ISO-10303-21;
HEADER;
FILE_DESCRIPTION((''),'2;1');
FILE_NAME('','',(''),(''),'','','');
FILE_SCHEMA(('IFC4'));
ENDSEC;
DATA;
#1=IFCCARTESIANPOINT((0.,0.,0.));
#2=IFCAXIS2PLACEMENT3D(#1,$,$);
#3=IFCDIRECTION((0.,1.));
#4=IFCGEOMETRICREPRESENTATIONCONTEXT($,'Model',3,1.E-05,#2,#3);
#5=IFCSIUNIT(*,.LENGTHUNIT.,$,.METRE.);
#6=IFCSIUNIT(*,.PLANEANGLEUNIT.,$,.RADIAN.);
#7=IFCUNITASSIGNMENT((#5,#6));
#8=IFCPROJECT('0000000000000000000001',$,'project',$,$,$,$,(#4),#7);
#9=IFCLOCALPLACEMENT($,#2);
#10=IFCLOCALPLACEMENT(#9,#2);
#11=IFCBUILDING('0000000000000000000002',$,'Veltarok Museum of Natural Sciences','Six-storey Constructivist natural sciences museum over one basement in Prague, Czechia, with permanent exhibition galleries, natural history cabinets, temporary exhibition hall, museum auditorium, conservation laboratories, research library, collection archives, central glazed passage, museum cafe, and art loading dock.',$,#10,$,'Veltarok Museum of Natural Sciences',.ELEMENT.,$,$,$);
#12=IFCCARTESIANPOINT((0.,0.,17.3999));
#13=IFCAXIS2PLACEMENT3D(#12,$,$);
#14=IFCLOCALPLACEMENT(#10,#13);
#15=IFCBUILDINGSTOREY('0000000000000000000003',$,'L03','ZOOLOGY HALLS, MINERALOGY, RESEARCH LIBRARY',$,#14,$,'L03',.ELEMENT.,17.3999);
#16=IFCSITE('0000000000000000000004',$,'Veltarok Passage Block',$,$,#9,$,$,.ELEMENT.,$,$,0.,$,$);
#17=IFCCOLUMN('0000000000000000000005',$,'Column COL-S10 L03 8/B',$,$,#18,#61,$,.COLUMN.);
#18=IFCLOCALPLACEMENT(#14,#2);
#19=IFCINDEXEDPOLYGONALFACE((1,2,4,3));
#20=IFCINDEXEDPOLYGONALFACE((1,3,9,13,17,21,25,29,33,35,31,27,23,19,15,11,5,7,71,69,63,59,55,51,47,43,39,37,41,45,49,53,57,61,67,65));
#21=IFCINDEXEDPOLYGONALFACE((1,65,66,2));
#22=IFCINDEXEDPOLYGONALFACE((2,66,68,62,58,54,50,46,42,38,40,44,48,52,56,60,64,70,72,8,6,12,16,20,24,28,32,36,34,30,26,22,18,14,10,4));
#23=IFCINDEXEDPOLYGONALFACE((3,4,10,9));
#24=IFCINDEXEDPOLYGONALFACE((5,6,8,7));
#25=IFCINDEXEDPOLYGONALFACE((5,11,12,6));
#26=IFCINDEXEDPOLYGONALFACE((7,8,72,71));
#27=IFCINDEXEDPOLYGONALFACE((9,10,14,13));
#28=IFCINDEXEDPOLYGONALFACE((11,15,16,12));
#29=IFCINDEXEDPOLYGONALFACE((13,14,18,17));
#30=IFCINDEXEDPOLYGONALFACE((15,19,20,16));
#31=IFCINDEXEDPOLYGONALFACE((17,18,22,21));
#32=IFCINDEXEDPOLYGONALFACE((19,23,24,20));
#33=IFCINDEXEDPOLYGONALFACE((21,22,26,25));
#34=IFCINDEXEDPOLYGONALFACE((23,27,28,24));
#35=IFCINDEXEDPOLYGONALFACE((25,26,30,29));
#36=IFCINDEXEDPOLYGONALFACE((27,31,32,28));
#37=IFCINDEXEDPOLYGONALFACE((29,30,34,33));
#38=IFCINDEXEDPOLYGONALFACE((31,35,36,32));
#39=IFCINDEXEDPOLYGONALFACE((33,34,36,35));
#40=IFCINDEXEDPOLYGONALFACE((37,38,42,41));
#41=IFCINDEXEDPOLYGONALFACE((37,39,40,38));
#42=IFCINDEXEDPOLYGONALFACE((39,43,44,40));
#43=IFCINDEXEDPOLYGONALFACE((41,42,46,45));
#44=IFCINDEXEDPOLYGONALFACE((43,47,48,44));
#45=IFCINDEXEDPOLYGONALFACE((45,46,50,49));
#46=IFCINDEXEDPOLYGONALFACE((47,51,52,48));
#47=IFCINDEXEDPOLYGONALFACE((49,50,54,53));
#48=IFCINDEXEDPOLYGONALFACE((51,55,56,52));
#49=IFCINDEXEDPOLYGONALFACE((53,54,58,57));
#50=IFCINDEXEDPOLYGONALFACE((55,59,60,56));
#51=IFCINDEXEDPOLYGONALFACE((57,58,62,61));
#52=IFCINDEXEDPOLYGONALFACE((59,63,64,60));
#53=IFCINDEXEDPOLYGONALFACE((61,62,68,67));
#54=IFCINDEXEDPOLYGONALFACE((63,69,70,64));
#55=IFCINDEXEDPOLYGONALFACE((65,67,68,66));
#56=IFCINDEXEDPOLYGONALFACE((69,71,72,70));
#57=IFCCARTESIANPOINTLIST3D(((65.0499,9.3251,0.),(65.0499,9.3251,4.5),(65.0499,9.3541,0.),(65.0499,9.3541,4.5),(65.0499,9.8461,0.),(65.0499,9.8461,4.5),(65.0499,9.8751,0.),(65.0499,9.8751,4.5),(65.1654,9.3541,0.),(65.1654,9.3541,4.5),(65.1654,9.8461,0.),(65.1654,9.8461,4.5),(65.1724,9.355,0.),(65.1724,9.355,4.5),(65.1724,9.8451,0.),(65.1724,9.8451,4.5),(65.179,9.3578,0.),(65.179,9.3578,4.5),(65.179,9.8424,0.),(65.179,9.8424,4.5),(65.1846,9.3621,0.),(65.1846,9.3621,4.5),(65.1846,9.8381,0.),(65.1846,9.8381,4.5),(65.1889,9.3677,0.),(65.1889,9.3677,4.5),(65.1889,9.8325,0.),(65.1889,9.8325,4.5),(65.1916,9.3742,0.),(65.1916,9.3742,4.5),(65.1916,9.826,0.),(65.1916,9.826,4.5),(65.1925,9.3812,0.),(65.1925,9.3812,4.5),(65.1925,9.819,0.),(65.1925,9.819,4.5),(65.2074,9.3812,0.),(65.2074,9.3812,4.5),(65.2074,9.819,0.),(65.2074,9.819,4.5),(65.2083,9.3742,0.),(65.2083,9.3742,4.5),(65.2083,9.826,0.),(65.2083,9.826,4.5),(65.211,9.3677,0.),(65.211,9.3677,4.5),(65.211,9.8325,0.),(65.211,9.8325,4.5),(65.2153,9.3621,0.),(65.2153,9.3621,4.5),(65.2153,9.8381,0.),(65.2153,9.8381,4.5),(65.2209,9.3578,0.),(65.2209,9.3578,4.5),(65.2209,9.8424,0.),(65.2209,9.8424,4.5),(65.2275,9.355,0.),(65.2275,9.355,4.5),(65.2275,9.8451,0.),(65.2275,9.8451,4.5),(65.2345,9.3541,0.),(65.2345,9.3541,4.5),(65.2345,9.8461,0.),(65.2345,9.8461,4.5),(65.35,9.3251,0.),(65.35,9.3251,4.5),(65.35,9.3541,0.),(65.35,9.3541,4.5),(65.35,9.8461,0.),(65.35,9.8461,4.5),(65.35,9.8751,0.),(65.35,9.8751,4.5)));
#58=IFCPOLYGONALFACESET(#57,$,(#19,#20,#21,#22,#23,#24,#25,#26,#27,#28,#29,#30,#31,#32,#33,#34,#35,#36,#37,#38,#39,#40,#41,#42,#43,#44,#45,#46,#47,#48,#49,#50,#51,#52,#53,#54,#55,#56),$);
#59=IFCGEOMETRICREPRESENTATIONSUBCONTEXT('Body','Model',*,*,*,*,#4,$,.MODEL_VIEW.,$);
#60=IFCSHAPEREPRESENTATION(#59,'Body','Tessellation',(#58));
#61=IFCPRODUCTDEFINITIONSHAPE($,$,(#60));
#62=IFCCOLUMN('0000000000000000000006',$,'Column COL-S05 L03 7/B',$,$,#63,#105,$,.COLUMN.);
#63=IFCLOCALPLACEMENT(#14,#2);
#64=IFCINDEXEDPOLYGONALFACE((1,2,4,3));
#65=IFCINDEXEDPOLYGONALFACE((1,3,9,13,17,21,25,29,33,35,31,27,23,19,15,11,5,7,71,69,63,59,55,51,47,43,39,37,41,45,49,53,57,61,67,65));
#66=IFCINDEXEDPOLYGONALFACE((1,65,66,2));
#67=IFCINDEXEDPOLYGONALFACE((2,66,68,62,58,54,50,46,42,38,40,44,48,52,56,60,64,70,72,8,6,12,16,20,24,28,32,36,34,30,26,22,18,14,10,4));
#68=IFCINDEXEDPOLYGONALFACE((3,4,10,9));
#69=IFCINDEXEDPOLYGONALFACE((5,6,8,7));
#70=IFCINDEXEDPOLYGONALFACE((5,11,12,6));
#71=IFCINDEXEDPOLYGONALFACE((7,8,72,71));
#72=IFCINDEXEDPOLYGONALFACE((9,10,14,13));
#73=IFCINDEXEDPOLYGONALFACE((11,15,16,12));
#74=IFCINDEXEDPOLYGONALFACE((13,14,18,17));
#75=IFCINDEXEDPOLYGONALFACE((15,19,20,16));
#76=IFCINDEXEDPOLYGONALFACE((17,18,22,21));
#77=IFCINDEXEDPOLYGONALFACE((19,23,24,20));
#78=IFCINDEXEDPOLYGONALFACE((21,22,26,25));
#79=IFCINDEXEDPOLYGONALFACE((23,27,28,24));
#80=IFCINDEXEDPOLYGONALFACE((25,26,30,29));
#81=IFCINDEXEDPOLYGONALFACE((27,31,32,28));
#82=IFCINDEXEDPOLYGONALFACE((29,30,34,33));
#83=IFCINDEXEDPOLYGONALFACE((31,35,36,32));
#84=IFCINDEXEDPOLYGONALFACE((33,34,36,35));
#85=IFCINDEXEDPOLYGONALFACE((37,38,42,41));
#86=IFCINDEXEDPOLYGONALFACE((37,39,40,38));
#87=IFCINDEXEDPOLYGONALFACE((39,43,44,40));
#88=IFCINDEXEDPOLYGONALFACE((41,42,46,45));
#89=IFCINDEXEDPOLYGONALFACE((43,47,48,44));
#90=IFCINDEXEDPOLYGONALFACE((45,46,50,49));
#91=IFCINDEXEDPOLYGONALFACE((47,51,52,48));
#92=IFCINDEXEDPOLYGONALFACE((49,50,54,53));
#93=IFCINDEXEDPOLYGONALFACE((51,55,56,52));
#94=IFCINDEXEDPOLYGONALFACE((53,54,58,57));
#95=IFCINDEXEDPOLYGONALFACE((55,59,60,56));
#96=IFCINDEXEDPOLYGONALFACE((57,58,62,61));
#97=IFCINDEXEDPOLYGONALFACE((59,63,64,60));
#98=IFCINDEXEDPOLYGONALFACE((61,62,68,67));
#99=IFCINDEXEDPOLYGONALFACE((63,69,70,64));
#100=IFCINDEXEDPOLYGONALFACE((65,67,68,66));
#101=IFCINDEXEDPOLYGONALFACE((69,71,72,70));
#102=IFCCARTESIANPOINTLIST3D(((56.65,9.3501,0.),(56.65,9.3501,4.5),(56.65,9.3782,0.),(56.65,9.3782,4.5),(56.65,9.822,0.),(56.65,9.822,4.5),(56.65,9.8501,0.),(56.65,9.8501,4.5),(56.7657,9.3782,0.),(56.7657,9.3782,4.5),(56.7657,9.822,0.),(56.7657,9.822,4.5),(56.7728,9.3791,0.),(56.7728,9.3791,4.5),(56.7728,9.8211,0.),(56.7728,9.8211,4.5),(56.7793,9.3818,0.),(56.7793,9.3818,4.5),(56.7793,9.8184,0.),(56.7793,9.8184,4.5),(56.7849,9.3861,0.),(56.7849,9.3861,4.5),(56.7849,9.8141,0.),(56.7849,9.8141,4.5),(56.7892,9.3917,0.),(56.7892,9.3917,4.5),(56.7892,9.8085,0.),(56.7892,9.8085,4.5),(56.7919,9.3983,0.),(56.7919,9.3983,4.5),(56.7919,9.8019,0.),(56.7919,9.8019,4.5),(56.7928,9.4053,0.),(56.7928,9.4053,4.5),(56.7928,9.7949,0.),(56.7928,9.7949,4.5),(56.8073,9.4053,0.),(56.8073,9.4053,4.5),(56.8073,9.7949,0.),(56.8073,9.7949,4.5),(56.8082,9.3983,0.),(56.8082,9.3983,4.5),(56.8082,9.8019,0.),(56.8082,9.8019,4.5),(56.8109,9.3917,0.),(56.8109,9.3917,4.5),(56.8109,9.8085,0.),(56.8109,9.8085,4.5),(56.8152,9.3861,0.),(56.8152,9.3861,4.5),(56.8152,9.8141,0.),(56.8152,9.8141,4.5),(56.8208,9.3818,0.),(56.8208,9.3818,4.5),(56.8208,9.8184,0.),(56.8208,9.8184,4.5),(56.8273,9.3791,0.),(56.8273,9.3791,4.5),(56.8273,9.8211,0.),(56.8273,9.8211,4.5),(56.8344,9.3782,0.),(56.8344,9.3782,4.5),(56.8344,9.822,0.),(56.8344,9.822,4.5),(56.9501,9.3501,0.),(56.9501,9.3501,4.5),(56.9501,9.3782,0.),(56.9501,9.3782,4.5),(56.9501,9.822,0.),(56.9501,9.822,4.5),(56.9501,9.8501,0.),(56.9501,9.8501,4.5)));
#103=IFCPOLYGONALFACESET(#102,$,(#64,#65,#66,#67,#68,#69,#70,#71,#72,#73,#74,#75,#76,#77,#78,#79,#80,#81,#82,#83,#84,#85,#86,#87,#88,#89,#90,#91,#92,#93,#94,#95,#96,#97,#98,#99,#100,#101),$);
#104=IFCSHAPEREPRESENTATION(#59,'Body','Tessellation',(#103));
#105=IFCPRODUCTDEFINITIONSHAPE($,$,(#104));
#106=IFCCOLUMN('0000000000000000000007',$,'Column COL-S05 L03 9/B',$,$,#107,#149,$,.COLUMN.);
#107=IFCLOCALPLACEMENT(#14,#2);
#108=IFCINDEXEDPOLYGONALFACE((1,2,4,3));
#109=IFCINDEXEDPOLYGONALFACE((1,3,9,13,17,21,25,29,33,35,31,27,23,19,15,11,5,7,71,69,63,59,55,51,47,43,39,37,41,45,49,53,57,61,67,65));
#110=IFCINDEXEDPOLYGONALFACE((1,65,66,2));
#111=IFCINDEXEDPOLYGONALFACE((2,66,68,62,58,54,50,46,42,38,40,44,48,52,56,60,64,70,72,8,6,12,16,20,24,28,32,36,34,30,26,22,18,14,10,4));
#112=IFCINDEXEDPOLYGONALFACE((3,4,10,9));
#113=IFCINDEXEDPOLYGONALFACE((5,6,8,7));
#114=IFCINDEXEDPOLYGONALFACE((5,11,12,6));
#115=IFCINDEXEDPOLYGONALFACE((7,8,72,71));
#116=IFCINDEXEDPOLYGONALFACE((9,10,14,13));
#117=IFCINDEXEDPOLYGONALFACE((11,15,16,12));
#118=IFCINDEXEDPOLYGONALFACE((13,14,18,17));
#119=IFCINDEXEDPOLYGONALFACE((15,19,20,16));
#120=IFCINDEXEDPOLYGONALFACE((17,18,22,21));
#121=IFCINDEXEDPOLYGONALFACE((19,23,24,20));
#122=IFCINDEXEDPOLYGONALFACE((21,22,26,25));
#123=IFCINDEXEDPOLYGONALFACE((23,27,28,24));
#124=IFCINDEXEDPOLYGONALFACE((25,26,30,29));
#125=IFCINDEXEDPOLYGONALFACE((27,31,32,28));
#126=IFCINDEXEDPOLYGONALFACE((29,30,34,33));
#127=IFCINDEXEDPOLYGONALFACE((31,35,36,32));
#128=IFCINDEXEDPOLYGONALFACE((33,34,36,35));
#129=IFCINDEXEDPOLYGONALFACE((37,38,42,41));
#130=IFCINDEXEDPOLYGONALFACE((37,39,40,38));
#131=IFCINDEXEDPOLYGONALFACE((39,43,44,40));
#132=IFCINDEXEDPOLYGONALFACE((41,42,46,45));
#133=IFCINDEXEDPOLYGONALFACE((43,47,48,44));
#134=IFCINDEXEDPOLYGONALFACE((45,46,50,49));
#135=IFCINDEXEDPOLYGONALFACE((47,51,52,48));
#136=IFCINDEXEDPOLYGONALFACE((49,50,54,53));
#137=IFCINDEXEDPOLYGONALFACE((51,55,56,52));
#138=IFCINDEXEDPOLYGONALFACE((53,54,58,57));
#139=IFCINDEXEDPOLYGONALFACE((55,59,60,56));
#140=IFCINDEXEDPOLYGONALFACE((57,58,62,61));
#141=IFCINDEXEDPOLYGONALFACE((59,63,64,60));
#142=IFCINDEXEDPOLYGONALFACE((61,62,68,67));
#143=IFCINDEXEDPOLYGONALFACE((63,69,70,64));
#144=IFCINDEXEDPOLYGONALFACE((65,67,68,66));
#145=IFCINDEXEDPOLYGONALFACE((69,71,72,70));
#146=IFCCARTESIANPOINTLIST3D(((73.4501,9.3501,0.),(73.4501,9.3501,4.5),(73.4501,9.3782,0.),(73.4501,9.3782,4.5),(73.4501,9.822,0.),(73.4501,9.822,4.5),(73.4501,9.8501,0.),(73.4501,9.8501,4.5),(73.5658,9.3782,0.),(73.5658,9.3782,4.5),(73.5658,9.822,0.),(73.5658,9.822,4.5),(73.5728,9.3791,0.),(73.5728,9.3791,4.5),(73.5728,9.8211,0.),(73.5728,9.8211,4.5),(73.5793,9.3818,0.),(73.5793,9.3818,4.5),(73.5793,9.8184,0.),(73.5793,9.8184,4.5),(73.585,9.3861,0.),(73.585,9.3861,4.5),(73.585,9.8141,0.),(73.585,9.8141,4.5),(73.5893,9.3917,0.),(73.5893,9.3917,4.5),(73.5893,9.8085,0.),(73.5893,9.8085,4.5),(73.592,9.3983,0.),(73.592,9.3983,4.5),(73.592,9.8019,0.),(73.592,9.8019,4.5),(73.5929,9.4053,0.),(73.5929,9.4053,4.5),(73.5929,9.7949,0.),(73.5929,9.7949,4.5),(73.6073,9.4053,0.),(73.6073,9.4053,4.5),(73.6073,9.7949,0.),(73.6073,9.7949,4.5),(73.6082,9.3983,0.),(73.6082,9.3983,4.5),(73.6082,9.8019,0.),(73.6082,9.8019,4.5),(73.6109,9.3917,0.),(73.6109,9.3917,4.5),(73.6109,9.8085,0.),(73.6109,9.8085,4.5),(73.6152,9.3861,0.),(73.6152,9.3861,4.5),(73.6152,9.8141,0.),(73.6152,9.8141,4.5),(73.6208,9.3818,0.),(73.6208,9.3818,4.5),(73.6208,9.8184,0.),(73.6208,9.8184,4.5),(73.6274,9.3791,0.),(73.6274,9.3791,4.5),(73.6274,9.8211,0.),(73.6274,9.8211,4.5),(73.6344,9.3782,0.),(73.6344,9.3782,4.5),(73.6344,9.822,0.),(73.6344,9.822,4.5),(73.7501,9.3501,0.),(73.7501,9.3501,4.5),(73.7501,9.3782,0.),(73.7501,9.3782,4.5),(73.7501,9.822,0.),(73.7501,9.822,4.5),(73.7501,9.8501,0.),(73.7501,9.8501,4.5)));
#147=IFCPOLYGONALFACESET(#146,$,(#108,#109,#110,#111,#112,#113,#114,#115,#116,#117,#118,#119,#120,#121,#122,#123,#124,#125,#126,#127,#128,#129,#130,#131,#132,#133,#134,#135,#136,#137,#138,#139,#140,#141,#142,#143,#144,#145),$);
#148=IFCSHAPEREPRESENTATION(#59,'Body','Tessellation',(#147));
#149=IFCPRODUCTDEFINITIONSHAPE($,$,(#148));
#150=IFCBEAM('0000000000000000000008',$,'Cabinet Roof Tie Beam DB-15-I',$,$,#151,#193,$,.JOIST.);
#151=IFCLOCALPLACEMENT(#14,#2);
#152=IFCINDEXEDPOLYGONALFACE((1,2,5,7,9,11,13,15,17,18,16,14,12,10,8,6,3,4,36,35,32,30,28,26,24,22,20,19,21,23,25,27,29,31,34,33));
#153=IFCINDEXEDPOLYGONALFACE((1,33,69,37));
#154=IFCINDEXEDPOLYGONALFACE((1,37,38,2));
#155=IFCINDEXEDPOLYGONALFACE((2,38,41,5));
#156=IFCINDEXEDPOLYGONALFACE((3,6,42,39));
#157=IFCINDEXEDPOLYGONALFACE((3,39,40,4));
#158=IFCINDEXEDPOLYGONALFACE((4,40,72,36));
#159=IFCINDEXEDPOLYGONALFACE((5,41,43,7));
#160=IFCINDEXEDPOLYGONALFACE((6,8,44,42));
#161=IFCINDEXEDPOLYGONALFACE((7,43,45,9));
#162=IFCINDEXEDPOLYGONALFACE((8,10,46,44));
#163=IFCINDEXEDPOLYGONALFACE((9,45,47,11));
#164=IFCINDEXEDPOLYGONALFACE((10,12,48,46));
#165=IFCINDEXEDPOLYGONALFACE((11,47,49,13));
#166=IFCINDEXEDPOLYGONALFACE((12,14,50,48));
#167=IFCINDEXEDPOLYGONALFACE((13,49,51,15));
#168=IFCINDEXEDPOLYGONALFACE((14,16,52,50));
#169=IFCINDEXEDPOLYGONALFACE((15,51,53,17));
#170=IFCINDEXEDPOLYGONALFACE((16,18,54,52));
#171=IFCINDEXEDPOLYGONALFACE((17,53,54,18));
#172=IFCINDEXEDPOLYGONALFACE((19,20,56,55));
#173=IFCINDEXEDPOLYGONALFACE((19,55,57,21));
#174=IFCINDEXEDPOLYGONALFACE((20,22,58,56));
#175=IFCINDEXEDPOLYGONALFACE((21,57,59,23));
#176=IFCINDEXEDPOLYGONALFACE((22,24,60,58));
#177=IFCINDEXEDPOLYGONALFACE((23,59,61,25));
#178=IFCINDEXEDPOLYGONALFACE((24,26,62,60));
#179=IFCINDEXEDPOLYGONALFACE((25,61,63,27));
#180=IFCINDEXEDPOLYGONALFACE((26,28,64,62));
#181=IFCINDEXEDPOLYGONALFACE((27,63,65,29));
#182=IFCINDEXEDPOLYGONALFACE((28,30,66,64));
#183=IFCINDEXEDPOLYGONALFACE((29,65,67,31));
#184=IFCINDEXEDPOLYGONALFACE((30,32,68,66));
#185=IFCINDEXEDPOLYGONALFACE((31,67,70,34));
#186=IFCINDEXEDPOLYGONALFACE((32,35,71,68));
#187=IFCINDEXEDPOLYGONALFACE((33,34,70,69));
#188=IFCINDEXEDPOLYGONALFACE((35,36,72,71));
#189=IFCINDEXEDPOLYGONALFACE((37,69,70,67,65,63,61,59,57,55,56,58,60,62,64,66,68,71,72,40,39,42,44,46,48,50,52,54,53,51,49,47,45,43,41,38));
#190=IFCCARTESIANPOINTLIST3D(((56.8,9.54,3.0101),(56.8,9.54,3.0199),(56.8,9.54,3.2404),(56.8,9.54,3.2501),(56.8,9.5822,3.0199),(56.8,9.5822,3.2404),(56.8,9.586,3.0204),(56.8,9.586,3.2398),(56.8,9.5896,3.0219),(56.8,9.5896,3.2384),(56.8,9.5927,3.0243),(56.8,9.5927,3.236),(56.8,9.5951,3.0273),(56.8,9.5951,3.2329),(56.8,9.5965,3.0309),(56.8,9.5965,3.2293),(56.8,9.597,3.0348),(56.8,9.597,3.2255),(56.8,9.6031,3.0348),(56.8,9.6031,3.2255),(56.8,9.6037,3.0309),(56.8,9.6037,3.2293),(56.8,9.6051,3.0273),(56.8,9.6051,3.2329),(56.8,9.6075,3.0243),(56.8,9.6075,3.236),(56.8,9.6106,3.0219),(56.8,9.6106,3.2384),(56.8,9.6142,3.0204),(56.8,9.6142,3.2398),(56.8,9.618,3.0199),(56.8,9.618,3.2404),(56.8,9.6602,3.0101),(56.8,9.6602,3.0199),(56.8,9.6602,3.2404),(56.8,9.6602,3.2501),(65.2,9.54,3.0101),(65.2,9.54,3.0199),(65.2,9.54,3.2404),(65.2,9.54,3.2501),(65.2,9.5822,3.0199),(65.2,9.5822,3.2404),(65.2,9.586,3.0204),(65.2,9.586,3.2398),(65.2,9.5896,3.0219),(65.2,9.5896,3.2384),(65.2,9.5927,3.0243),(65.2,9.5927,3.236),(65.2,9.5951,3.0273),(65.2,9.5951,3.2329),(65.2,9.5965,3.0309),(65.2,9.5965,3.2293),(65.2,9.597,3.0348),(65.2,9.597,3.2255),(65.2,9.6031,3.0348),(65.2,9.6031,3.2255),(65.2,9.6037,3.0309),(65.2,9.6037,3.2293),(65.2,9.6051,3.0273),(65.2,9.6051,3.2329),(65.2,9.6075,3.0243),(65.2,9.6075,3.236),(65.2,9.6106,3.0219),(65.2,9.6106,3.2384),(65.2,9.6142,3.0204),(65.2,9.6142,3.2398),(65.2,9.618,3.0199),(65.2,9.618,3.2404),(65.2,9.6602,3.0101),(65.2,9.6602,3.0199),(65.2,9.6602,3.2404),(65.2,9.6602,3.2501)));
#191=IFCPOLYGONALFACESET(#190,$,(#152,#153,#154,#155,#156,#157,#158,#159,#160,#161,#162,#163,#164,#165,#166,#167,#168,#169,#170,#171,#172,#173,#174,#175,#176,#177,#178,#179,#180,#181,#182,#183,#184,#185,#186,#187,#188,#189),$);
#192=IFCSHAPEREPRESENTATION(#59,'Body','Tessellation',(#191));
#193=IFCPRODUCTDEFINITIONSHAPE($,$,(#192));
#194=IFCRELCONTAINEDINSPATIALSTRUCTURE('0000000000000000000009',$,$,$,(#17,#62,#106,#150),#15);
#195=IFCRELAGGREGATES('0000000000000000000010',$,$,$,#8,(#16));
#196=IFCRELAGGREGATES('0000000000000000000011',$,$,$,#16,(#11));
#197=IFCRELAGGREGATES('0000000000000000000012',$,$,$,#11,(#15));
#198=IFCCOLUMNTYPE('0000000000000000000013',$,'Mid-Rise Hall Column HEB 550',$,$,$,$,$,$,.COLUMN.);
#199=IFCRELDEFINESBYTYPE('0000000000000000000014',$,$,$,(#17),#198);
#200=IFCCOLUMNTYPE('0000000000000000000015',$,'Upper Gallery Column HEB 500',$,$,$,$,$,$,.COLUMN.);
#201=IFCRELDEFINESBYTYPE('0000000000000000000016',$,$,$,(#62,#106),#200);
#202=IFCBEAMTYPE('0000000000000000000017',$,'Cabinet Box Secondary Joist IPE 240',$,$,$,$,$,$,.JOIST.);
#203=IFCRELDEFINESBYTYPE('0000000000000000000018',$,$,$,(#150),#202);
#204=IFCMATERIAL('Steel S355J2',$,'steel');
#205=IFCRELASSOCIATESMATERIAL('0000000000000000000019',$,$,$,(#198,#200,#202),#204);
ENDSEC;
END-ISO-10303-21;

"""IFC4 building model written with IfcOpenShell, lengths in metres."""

from ifc_helpers import new_model, si_unit, direction, frame, origin, origin_2d, place, context, subcontext, project, spatial, i_section, extrude, material, material_profile, profile_set, type_object, element, save


model = new_model("IFC4")

# Units and contexts
model_context = context("Model", 3, precision=1e-05, world=origin(), true_north=direction((0.0, 1.0)))
body_context = subcontext(model_context, "Body", "Model", "MODEL_VIEW")
ifc_project = project(units=[si_unit("LENGTHUNIT", "METRE"), si_unit("PLANEANGLEUNIT", "RADIAN")], contexts=[model_context])

# Site, building, storey
site_placement = place(None, origin())
site = spatial("IfcSite", under=ifc_project, at=site_placement, Name="Veltarok Passage Block", CompositionType="ELEMENT", RefElevation=0.0)
building_placement = place(site_placement, origin())
building = spatial("IfcBuilding", under=site, at=building_placement, Name="Veltarok Museum of Natural Sciences", Description="Six-storey Constructivist natural sciences museum over one basement in Prague, Czechia, with permanent exhibition galleries, natural history cabinets, temporary exhibition hall, museum auditorium, conservation laboratories, research library, collection archives, central glazed passage, museum cafe, and art loading dock.", LongName="Veltarok Museum of Natural Sciences", CompositionType="ELEMENT")
storey_placement = place(building_placement, frame((0.0, 0.0, 17.3999)))
storey = spatial("IfcBuildingStorey", under=building, at=storey_placement, Name="L03", Description="ZOOLOGY HALLS, MINERALOGY, RESEARCH LIBRARY", LongName="L03", CompositionType="ELEMENT", Elevation=17.3999)

# Columns
ifc_material_1 = material(Name="Steel S355J2", Category="steel")
ifc_material_profile_1 = material_profile(ifc_material_1, i_section(OverallWidth=0.3, OverallDepth=0.55, WebThickness=0.0149, FlangeThickness=0.0291, FilletRadius=0.0271, at=origin_2d()), Name="HEB 550")
ifc_profile_set_1 = profile_set([ifc_material_profile_1], Name="Steel S355J2")
column_type_1 = type_object("IfcColumnType", Name="Mid-Rise Hall Column HEB 550", PredefinedType="COLUMN", material=ifc_profile_set_1)
column_placement = place(storey_placement, frame((65.2, 9.6001, 0.0), z_axis=(0.0, 0.0, 1.0), x_axis=(1.0, 0.0, 0.0)))
element("IfcColumn", 1, at=column_placement, inside=storey, type_object=column_type_1, Name="Column COL-S10 L03 8/B", PredefinedType="COLUMN", context=body_context, shape_type="SweptSolid", body=[
    extrude(i_section(OverallWidth=0.3, OverallDepth=0.55, WebThickness=0.0149, FlangeThickness=0.0291, FilletRadius=0.0271, at=origin_2d()), origin(), (0.0, 0.0, 1.0), 4.5),
])
ifc_material_profile_2 = material_profile(ifc_material_1, i_section(OverallWidth=0.3, OverallDepth=0.5, WebThickness=0.0144, FlangeThickness=0.0281, FilletRadius=0.0271, at=origin_2d()), Name="HEB 500")
ifc_profile_set_2 = profile_set([ifc_material_profile_2], Name="Steel S355J2")
column_type_2 = type_object("IfcColumnType", Name="Upper Gallery Column HEB 500", PredefinedType="COLUMN", material=ifc_profile_set_2)
for number, where, z_axis, x_axis, name in (
    (2, (56.8, 9.6001, 0.0), (0.0, 0.0, 1.0), (1.0, 0.0, 0.0), "Column COL-S05 L03 7/B"),
    (3, (73.6001, 9.6001, 0.0), (0.0, 0.0, 1.0), (1.0, 0.0, 0.0), "Column COL-S05 L03 9/B"),
):
    element("IfcColumn", number, at=place(storey_placement, frame(where, z_axis=z_axis, x_axis=x_axis)), inside=storey, type_object=column_type_2, Name=name, PredefinedType="COLUMN", context=body_context, shape_type="SweptSolid", body=[
        extrude(i_section(OverallWidth=0.3, OverallDepth=0.5, WebThickness=0.0144, FlangeThickness=0.0281, FilletRadius=0.0271, at=origin_2d()), origin(), (0.0, 0.0, 1.0), 4.5),
    ])

# Beam
ifc_material_profile_3 = material_profile(ifc_material_1, i_section(OverallWidth=0.1201, OverallDepth=0.24, WebThickness=0.0061, FlangeThickness=0.0098, FilletRadius=0.0149, at=origin_2d()), Name="IPE 240")
ifc_profile_set_3 = profile_set([ifc_material_profile_3], Name="Steel S355J2")
beam_type_1 = type_object("IfcBeamType", Name="Cabinet Box Secondary Joist IPE 240", PredefinedType="JOIST", material=ifc_profile_set_3)
for number, where, z_axis, x_axis, name in (
    (4, (56.8, 9.6001, 3.1301), (1.0, 0.0, 0.0), (0.0, 1.0, 0.0), "Cabinet Roof Tie Beam DB-15-I"),
):
    element("IfcBeam", number, at=place(storey_placement, frame(where, z_axis=z_axis, x_axis=x_axis)), inside=storey, type_object=beam_type_1, Name=name, PredefinedType="JOIST", context=body_context, shape_type="SweptSolid", body=[
        extrude(i_section(OverallWidth=0.1201, OverallDepth=0.24, WebThickness=0.0061, FlangeThickness=0.0098, FilletRadius=0.0149, at=origin_2d()), origin(), (0.0, 0.0, 1.0), 8.3999),
    ])

save(model, "model.ifc")
